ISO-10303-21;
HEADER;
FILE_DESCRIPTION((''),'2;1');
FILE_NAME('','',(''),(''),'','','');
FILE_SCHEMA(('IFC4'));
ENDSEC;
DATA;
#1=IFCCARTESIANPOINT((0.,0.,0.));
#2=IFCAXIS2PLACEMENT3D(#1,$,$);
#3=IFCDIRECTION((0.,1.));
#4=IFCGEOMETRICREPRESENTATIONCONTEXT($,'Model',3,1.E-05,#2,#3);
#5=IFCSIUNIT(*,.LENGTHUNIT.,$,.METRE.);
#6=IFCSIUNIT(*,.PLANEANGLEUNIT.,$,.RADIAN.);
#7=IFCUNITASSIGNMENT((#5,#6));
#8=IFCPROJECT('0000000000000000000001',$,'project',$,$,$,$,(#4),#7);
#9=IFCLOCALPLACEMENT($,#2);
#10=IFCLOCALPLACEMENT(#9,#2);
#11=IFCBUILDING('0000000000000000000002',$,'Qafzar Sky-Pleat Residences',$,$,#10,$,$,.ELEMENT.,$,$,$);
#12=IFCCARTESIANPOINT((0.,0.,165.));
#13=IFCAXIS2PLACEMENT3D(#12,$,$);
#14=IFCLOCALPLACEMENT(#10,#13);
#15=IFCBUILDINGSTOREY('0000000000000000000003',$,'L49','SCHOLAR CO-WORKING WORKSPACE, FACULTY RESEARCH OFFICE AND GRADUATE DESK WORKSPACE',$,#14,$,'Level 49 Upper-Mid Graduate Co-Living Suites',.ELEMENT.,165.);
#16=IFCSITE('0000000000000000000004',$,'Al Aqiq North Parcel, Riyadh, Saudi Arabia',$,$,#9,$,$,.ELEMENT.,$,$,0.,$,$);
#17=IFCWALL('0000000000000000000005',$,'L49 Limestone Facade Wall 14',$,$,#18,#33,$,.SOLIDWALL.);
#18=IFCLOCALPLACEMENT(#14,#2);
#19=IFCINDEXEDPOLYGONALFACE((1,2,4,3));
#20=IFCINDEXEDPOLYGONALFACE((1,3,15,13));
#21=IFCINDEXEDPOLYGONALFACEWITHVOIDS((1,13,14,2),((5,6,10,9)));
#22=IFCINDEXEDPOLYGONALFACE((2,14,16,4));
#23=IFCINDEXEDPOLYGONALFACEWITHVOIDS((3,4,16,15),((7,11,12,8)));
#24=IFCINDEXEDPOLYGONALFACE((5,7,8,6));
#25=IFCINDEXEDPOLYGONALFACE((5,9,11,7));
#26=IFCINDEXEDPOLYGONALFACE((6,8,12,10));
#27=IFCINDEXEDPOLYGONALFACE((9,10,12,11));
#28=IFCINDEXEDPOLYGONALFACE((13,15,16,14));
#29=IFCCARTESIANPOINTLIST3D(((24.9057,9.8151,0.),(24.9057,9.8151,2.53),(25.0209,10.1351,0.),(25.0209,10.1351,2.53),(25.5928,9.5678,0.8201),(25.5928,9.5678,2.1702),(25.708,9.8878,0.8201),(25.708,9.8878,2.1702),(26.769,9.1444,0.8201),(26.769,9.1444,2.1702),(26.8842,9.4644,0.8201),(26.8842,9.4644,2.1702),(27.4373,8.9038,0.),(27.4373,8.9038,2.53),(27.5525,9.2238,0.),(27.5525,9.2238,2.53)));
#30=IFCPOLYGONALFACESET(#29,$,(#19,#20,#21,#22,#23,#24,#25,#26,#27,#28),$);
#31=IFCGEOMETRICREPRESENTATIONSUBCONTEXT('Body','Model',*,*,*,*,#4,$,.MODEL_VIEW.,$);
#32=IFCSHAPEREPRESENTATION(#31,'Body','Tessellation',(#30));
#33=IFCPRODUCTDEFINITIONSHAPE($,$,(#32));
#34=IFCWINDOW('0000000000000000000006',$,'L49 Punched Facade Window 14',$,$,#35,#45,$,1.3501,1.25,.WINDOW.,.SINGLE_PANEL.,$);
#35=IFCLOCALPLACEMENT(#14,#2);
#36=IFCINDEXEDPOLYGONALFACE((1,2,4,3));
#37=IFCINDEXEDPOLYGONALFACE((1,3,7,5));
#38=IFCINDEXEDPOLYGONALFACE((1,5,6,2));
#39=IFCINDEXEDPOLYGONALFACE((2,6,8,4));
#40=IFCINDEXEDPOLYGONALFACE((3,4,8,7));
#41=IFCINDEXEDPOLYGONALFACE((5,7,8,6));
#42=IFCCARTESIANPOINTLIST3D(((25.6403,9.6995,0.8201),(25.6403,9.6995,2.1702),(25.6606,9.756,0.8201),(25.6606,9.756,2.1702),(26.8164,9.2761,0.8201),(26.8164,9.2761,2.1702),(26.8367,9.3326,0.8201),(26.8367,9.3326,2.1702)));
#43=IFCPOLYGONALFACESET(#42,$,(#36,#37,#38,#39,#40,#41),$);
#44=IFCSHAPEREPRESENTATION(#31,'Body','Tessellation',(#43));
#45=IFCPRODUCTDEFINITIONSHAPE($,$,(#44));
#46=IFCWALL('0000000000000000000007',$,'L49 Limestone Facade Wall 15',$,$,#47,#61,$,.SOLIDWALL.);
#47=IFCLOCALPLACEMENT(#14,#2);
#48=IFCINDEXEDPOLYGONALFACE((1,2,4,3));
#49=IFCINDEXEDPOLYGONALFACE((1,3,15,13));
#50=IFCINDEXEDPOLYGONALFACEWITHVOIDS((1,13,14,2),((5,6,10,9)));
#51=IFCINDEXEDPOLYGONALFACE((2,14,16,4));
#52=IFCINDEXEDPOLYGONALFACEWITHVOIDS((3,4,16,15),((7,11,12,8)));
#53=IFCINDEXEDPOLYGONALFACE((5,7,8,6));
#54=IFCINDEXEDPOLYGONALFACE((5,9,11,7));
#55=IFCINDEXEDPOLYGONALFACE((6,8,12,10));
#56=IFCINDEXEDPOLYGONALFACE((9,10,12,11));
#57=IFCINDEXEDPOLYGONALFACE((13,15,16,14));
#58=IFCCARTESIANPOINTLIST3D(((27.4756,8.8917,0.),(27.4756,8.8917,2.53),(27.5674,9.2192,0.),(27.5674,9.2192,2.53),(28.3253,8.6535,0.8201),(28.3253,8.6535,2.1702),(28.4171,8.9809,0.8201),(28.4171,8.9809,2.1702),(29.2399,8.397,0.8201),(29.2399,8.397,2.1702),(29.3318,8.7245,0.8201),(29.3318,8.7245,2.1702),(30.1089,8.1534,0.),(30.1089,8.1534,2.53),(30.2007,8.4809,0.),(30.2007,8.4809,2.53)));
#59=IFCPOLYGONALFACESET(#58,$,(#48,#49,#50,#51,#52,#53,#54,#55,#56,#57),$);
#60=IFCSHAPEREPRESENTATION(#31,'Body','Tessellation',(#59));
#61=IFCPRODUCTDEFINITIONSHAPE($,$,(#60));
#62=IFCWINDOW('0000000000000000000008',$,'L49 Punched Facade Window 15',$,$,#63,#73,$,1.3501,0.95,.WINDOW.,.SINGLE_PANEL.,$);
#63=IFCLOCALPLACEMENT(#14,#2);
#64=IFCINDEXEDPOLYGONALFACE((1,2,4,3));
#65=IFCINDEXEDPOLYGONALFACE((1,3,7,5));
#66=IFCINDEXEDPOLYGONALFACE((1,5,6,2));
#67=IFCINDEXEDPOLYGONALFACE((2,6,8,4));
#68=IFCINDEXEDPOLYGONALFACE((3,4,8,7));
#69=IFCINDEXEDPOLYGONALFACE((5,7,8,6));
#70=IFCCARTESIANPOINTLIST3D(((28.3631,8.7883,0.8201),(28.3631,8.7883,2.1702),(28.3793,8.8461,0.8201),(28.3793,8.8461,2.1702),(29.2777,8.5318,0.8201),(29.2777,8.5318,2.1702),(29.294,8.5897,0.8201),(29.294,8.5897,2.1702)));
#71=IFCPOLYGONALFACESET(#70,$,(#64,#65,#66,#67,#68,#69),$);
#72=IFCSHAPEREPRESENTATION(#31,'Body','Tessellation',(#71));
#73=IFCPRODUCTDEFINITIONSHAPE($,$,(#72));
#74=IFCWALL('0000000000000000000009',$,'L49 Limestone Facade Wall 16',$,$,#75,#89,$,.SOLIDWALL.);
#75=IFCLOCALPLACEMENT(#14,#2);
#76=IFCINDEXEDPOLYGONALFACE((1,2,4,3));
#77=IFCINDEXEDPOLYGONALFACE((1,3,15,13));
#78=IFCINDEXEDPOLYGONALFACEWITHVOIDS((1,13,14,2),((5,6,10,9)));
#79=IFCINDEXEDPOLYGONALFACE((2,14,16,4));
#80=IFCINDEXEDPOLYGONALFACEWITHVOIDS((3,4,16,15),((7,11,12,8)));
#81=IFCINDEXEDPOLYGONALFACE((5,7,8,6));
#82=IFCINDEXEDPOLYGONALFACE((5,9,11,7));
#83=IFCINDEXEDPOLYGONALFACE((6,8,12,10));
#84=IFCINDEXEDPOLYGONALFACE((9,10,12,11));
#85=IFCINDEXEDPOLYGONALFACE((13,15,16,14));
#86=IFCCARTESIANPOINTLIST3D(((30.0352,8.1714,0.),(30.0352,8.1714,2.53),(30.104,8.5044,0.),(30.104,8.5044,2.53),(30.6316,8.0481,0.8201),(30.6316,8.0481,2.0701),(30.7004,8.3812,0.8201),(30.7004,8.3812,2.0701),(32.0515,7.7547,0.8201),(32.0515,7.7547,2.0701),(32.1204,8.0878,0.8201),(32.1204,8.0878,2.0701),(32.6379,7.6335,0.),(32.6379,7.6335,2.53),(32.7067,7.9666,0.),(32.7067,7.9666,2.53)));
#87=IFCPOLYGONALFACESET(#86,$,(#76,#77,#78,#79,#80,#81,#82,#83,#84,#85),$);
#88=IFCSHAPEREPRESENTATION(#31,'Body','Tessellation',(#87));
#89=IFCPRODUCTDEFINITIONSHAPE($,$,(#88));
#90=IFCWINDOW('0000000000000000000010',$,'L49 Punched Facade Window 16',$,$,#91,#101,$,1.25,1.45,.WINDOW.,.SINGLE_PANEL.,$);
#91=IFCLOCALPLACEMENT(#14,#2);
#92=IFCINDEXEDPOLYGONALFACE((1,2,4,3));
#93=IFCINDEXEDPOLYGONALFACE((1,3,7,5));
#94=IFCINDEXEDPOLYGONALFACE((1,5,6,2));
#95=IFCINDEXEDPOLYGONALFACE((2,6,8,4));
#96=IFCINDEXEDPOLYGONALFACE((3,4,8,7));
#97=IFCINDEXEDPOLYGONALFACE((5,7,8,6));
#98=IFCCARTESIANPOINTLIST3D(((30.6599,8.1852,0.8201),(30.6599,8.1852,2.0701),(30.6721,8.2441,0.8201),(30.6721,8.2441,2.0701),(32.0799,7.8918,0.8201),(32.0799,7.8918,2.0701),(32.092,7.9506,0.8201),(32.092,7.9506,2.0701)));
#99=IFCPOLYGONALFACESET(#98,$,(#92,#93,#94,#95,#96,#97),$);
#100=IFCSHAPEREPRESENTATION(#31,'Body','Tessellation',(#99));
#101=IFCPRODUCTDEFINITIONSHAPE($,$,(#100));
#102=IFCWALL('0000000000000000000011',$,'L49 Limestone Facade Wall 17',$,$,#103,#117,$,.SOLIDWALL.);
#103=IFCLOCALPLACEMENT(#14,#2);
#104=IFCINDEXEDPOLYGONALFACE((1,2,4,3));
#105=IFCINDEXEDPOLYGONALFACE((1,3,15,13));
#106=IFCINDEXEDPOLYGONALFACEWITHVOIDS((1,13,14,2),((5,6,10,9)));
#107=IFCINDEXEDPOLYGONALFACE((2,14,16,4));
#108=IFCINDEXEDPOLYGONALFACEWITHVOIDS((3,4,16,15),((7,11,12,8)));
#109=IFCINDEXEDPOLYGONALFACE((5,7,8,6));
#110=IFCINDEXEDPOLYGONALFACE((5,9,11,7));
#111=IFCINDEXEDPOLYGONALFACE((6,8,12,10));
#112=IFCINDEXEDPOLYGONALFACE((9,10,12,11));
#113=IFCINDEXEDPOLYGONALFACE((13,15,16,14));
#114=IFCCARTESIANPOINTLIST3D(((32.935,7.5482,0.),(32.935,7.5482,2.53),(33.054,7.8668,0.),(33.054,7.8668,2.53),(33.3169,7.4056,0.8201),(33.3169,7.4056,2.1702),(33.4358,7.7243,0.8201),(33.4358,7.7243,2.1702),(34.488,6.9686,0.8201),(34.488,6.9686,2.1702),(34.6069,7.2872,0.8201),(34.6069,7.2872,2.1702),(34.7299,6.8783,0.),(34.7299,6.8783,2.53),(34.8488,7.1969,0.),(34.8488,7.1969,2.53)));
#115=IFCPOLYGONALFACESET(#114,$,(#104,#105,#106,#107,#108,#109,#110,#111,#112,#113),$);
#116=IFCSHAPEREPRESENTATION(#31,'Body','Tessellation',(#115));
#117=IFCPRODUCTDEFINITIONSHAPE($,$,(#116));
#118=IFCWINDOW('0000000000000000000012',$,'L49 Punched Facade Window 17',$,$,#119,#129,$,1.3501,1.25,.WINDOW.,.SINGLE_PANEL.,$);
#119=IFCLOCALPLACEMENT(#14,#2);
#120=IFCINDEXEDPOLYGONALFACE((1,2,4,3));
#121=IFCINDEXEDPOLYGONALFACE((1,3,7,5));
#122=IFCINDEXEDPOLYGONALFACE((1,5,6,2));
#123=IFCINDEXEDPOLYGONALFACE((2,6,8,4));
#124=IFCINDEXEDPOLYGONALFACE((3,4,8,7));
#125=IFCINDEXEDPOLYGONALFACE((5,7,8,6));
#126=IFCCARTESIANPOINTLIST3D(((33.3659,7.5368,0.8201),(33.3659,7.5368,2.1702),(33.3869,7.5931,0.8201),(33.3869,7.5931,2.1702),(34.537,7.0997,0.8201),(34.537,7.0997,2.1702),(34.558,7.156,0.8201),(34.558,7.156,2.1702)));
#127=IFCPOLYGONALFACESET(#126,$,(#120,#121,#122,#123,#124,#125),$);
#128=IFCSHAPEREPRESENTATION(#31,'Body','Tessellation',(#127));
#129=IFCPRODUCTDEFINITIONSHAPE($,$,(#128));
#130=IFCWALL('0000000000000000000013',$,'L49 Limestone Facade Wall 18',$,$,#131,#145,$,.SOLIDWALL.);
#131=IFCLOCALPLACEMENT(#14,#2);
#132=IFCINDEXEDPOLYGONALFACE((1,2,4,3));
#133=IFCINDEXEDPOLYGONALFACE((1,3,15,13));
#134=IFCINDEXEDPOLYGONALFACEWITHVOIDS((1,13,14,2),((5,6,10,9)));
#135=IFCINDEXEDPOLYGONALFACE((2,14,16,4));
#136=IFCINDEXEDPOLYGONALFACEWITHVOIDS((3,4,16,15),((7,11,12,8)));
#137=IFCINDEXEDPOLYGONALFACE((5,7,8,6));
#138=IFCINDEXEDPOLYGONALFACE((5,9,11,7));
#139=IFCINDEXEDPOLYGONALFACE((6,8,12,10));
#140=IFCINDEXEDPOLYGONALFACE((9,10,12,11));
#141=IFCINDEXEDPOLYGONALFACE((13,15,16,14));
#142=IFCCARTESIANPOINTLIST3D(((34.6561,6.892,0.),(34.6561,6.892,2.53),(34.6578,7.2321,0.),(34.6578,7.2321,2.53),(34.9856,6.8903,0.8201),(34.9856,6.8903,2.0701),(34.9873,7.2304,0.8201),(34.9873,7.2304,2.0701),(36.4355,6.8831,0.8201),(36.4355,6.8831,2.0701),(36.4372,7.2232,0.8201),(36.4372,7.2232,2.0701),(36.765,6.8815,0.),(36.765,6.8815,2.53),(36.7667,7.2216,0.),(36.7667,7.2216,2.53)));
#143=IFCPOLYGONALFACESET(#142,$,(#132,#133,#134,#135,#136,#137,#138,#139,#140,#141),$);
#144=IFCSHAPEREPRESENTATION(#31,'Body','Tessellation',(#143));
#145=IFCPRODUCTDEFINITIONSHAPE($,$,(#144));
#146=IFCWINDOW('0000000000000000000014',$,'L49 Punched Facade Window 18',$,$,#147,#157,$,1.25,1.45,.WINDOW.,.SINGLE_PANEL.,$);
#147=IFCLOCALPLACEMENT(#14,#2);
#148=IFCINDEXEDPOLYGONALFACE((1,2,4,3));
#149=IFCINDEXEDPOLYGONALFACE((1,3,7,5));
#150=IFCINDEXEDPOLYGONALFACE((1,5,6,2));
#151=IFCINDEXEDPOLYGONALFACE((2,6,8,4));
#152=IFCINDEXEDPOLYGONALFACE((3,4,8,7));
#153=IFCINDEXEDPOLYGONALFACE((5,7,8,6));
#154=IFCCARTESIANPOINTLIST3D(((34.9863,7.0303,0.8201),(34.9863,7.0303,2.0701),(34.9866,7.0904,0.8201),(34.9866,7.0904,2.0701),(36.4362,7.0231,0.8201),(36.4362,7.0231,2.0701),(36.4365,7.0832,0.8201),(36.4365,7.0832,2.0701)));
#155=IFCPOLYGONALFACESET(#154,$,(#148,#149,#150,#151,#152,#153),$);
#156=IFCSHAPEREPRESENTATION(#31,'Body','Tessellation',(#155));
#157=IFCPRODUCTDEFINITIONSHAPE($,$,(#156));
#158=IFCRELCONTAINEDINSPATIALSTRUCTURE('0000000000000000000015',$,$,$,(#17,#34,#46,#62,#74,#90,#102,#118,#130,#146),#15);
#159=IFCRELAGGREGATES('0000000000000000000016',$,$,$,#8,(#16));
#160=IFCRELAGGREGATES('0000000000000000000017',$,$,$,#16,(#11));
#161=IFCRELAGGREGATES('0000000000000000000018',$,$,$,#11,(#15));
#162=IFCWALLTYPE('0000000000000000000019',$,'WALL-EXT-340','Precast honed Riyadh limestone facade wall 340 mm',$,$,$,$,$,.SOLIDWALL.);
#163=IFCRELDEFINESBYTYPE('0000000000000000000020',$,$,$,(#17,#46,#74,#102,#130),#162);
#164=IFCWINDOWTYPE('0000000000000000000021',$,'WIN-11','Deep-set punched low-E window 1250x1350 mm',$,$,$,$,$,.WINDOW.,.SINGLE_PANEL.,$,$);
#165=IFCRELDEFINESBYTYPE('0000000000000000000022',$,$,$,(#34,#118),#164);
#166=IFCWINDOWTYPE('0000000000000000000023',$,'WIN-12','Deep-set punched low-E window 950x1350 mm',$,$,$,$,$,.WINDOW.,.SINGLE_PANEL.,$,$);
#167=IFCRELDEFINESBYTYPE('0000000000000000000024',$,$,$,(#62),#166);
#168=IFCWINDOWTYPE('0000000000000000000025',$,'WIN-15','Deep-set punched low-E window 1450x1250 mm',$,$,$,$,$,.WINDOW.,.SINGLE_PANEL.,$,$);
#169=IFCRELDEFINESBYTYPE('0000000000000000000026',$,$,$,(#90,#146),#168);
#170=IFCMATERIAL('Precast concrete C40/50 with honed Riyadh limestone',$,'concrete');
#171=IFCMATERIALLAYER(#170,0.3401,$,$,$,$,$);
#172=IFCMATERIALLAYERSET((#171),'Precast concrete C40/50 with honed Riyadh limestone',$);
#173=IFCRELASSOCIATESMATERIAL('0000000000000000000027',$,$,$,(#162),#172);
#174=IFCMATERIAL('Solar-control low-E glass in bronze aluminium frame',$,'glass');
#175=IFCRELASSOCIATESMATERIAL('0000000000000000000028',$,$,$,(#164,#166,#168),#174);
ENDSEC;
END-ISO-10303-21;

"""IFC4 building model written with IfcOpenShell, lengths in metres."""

from ifc_helpers import new_model, si_unit, direction, frame, frame_2d, origin, place, context, subcontext, project, spatial, rectangle, extrude, source, transform, mapped, material, layer, layer_set, type_object, element, fill, save


model = new_model("IFC4")

# Units and contexts
model_context = context("Model", 3, precision=1e-05, world=origin(), true_north=direction((0.0, 1.0)))
body_context = subcontext(model_context, "Body", "Model", "MODEL_VIEW")
ifc_project = project(units=[si_unit("LENGTHUNIT", "METRE"), si_unit("PLANEANGLEUNIT", "RADIAN")], contexts=[model_context])

# Site, building, storey
site_placement = place(None, origin())
site = spatial("IfcSite", under=ifc_project, at=site_placement, Name="Al Aqiq North Parcel, Riyadh, Saudi Arabia", CompositionType="ELEMENT", RefElevation=0.0)
building_placement = place(site_placement, origin())
building = spatial("IfcBuilding", under=site, at=building_placement, Name="Qafzar Sky-Pleat Residences", CompositionType="ELEMENT")
storey_placement = place(building_placement, frame((0.0, 0.0, 165.0)))
storey = spatial("IfcBuildingStorey", under=building, at=storey_placement, Name="L49", Description="SCHOLAR CO-WORKING WORKSPACE, FACULTY RESEARCH OFFICE AND GRADUATE DESK WORKSPACE", LongName="Level 49 Upper-Mid Graduate Co-Living Suites", CompositionType="ELEMENT", Elevation=165.0)

# Walls, openings, windows
ifc_material_1 = material(Name="Precast concrete C40/50 with honed Riyadh limestone", Category="concrete")
ifc_layer_1 = layer(ifc_material_1, 0.3401)
ifc_layer_set_1 = layer_set([ifc_layer_1], Name="Precast concrete C40/50 with honed Riyadh limestone")
wall_type = type_object("IfcWallType", Name="WALL-EXT-340", Description="Precast honed Riyadh limestone facade wall 340 mm", PredefinedType="SOLIDWALL", material=ifc_layer_set_1)
wall_1_placement = place(storey_placement, frame((24.9634, 9.9751, 0.0), z_axis=(0.0, 0.0, 1.0), x_axis=(0.940893, -0.338703, 0.0)))
wall_1 = element("IfcWall", 1, at=wall_1_placement, inside=storey, type_object=wall_type, Name="L49 Limestone Facade Wall 14", PredefinedType="SOLIDWALL", context=body_context, shape_type="SweptSolid", body=[
    extrude(rectangle(XDim=2.6907, YDim=0.3401, at=frame_2d((1.3452, 0.0))), origin(), (0.0, 0.0, 1.0), 2.53),
])
opening_1_placement = place(wall_1_placement, frame((0.7302, 0.0, 0.8201)))
opening_1 = element("IfcOpeningElement", 2, at=opening_1_placement, cuts=wall_1, PredefinedType="OPENING", context=body_context, shape_type="SweptSolid", body=[
    extrude(rectangle(XDim=1.25, YDim=1.3501, at=frame_2d((0.625, 0.675))), frame((0.0, 0.1802, 0.0), z_axis=(0.0, -1.0, 0.0), x_axis=(1.0, 0.0, 0.0)), (0.0, 0.0, 1.0), 0.3601),
])
ifc_material_2 = material(Name="Solar-control low-E glass in bronze aluminium frame", Category="glass")
window_type_1 = type_object("IfcWindowType", Name="WIN-11", Description="Deep-set punched low-E window 1250x1350 mm", PartitioningType="SINGLE_PANEL", PredefinedType="WINDOW", material=ifc_material_2)
shared_shape_1 = source(origin(), body_context, "Body", "SweptSolid", [
    extrude(rectangle(XDim=1.25, YDim=1.3501, at=frame_2d((0.625, 0.675))), frame((0.0, 0.03, 0.0), z_axis=(0.0, -1.0, 0.0), x_axis=(1.0, 0.0, 0.0)), (0.0, 0.0, 1.0), 0.0601),
])
window_1_placement = place(opening_1_placement, origin())
window_1 = element("IfcWindow", 3, at=window_1_placement, inside=storey, type_object=window_type_1, Name="L49 Punched Facade Window 14", OverallHeight=1.3501, OverallWidth=1.25, PartitioningType="SINGLE_PANEL", PredefinedType="WINDOW", context=body_context, shape_type="MappedRepresentation", body=[
    mapped(shared_shape_1, transform((0.0, 0.0, 0.0), x_axis=(1.0, 0.0, 0.0), y_axis=(0.0, 1.0, 0.0), z_axis=(0.0, 0.0, 1.0), scale=1.0)),
])
fill(opening_1, window_1)
wall_2_placement = place(storey_placement, frame((27.5215, 9.0554, 0.0), z_axis=(0.0, 0.0, 1.0), x_axis=(0.962873, -0.269954, 0.0)))
wall_2 = element("IfcWall", 4, at=wall_2_placement, inside=storey, type_object=wall_type, Name="L49 Limestone Facade Wall 15", PredefinedType="SOLIDWALL", context=body_context, shape_type="SweptSolid", body=[
    extrude(rectangle(XDim=2.7349, YDim=0.3401, at=frame_2d((1.3674, 0.0))), origin(), (0.0, 0.0, 1.0), 2.53),
])
opening_2_placement = place(wall_2_placement, frame((0.8823, 0.0, 0.8201)))
opening_2 = element("IfcOpeningElement", 5, at=opening_2_placement, cuts=wall_2, PredefinedType="OPENING", context=body_context, shape_type="SweptSolid", body=[
    extrude(rectangle(XDim=0.95, YDim=1.3501, at=frame_2d((0.4751, 0.675))), frame((0.0, 0.1802, 0.0), z_axis=(0.0, -1.0, 0.0), x_axis=(1.0, 0.0, 0.0)), (0.0, 0.0, 1.0), 0.3601),
])
window_type_2 = type_object("IfcWindowType", Name="WIN-12", Description="Deep-set punched low-E window 950x1350 mm", PartitioningType="SINGLE_PANEL", PredefinedType="WINDOW", material=ifc_material_2)
shared_shape_2 = source(origin(), body_context, "Body", "SweptSolid", [
    extrude(rectangle(XDim=0.95, YDim=1.3501, at=frame_2d((0.4751, 0.675))), frame((0.0, 0.03, 0.0), z_axis=(0.0, -1.0, 0.0), x_axis=(1.0, 0.0, 0.0)), (0.0, 0.0, 1.0), 0.0601),
])
window_2_placement = place(opening_2_placement, origin())
window_2 = element("IfcWindow", 6, at=window_2_placement, inside=storey, type_object=window_type_2, Name="L49 Punched Facade Window 15", OverallHeight=1.3501, OverallWidth=0.95, PartitioningType="SINGLE_PANEL", PredefinedType="WINDOW", context=body_context, shape_type="MappedRepresentation", body=[
    mapped(shared_shape_2, transform((0.0, 0.0, 0.0), x_axis=(1.0, 0.0, 0.0), y_axis=(0.0, 1.0, 0.0), z_axis=(0.0, 0.0, 1.0), scale=1.0)),
])
fill(opening_2, window_2)
wall_3_placement = place(storey_placement, frame((30.0696, 8.3379, 0.0), z_axis=(0.0, 0.0, 1.0), x_axis=(0.97931, -0.202366, 0.0)))
wall_3 = element("IfcWall", 7, at=wall_3_placement, inside=storey, type_object=wall_type, Name="L49 Limestone Facade Wall 16", PredefinedType="SOLIDWALL", context=body_context, shape_type="SweptSolid", body=[
    extrude(rectangle(XDim=2.6577, YDim=0.3401, at=frame_2d((1.3289, 0.0))), origin(), (0.0, 0.0, 1.0), 2.53),
])
opening_3_placement = place(wall_3_placement, frame((0.6089, 0.0, 0.8201)))
opening_3 = element("IfcOpeningElement", 8, at=opening_3_placement, cuts=wall_3, PredefinedType="OPENING", context=body_context, shape_type="SweptSolid", body=[
    extrude(rectangle(XDim=1.45, YDim=1.25, at=frame_2d((0.7251, 0.625))), frame((0.0, 0.1802, 0.0), z_axis=(0.0, -1.0, 0.0), x_axis=(1.0, 0.0, 0.0)), (0.0, 0.0, 1.0), 0.3601),
])
window_type_3 = type_object("IfcWindowType", Name="WIN-15", Description="Deep-set punched low-E window 1450x1250 mm", PartitioningType="SINGLE_PANEL", PredefinedType="WINDOW", material=ifc_material_2)
shared_shape_3 = source(origin(), body_context, "Body", "SweptSolid", [
    extrude(rectangle(XDim=1.45, YDim=1.25, at=frame_2d((0.7251, 0.625))), frame((0.0, 0.03, 0.0), z_axis=(0.0, -1.0, 0.0), x_axis=(1.0, 0.0, 0.0)), (0.0, 0.0, 1.0), 0.0601),
])
window_3_placement = place(opening_3_placement, origin())
window_3 = element("IfcWindow", 9, at=window_3_placement, inside=storey, type_object=window_type_3, Name="L49 Punched Facade Window 16", OverallHeight=1.25, OverallWidth=1.45, PartitioningType="SINGLE_PANEL", PredefinedType="WINDOW", context=body_context, shape_type="MappedRepresentation", body=[
    mapped(shared_shape_3, transform((0.0, 0.0, 0.0), x_axis=(1.0, 0.0, 0.0), y_axis=(0.0, 1.0, 0.0), z_axis=(0.0, 0.0, 1.0), scale=1.0)),
])
fill(opening_3, window_3)
wall_4_placement = place(storey_placement, frame((32.9944, 7.7075, 0.0), z_axis=(0.0, 0.0, 1.0), x_axis=(0.936873, -0.349671, 0.0)))
wall_4 = element("IfcWall", 10, at=wall_4_placement, inside=storey, type_object=wall_type, Name="L49 Limestone Facade Wall 17", PredefinedType="SOLIDWALL", context=body_context, shape_type="SweptSolid", body=[
    extrude(rectangle(XDim=1.9158, YDim=0.3401, at=frame_2d((0.958, 0.0))), origin(), (0.0, 0.0, 1.0), 2.53),
])
opening_4_placement = place(wall_4_placement, frame((0.4077, 0.0, 0.8201)))
opening_4 = element("IfcOpeningElement", 11, at=opening_4_placement, cuts=wall_4, PredefinedType="OPENING", context=body_context, shape_type="SweptSolid", body=[
    extrude(rectangle(XDim=1.25, YDim=1.3501, at=frame_2d((0.625, 0.675))), frame((0.0, 0.1802, 0.0), z_axis=(0.0, -1.0, 0.0), x_axis=(1.0, 0.0, 0.0)), (0.0, 0.0, 1.0), 0.3601),
])
window_4_placement = place(opening_4_placement, origin())
window_4 = element("IfcWindow", 12, at=window_4_placement, inside=storey, type_object=window_type_1, Name="L49 Punched Facade Window 17", OverallHeight=1.3501, OverallWidth=1.25, PartitioningType="SINGLE_PANEL", PredefinedType="WINDOW", context=body_context, shape_type="MappedRepresentation", body=[
    mapped(shared_shape_1, transform((0.0, 0.0, 0.0), x_axis=(1.0, 0.0, 0.0), y_axis=(0.0, 1.0, 0.0), z_axis=(0.0, 0.0, 1.0), scale=1.0)),
])
fill(opening_4, window_4)
wall_5_placement = place(storey_placement, frame((34.657, 7.062, 0.0), z_axis=(0.0, 0.0, 1.0), x_axis=(0.999988, -0.004978, 0.0)))
wall_5 = element("IfcWall", 13, at=wall_5_placement, inside=storey, type_object=wall_type, Name="L49 Limestone Facade Wall 18", PredefinedType="SOLIDWALL", context=body_context, shape_type="SweptSolid", body=[
    extrude(rectangle(XDim=2.1089, YDim=0.3401, at=frame_2d((1.0544, 0.0))), origin(), (0.0, 0.0, 1.0), 2.53),
])
opening_5_placement = place(wall_5_placement, frame((0.3293, 0.0, 0.8201)))
opening_5 = element("IfcOpeningElement", 14, at=opening_5_placement, cuts=wall_5, PredefinedType="OPENING", context=body_context, shape_type="SweptSolid", body=[
    extrude(rectangle(XDim=1.45, YDim=1.25, at=frame_2d((0.7251, 0.625))), frame((0.0, 0.1802, 0.0), z_axis=(0.0, -1.0, 0.0), x_axis=(1.0, 0.0, 0.0)), (0.0, 0.0, 1.0), 0.3601),
])
window_5_placement = place(opening_5_placement, origin())
window_5 = element("IfcWindow", 15, at=window_5_placement, inside=storey, type_object=window_type_3, Name="L49 Punched Facade Window 18", OverallHeight=1.25, OverallWidth=1.45, PartitioningType="SINGLE_PANEL", PredefinedType="WINDOW", context=body_context, shape_type="MappedRepresentation", body=[
    mapped(shared_shape_3, transform((0.0, 0.0, 0.0), x_axis=(1.0, 0.0, 0.0), y_axis=(0.0, 1.0, 0.0), z_axis=(0.0, 0.0, 1.0), scale=1.0)),
])
fill(opening_5, window_5)

save(model, "model.ifc")
